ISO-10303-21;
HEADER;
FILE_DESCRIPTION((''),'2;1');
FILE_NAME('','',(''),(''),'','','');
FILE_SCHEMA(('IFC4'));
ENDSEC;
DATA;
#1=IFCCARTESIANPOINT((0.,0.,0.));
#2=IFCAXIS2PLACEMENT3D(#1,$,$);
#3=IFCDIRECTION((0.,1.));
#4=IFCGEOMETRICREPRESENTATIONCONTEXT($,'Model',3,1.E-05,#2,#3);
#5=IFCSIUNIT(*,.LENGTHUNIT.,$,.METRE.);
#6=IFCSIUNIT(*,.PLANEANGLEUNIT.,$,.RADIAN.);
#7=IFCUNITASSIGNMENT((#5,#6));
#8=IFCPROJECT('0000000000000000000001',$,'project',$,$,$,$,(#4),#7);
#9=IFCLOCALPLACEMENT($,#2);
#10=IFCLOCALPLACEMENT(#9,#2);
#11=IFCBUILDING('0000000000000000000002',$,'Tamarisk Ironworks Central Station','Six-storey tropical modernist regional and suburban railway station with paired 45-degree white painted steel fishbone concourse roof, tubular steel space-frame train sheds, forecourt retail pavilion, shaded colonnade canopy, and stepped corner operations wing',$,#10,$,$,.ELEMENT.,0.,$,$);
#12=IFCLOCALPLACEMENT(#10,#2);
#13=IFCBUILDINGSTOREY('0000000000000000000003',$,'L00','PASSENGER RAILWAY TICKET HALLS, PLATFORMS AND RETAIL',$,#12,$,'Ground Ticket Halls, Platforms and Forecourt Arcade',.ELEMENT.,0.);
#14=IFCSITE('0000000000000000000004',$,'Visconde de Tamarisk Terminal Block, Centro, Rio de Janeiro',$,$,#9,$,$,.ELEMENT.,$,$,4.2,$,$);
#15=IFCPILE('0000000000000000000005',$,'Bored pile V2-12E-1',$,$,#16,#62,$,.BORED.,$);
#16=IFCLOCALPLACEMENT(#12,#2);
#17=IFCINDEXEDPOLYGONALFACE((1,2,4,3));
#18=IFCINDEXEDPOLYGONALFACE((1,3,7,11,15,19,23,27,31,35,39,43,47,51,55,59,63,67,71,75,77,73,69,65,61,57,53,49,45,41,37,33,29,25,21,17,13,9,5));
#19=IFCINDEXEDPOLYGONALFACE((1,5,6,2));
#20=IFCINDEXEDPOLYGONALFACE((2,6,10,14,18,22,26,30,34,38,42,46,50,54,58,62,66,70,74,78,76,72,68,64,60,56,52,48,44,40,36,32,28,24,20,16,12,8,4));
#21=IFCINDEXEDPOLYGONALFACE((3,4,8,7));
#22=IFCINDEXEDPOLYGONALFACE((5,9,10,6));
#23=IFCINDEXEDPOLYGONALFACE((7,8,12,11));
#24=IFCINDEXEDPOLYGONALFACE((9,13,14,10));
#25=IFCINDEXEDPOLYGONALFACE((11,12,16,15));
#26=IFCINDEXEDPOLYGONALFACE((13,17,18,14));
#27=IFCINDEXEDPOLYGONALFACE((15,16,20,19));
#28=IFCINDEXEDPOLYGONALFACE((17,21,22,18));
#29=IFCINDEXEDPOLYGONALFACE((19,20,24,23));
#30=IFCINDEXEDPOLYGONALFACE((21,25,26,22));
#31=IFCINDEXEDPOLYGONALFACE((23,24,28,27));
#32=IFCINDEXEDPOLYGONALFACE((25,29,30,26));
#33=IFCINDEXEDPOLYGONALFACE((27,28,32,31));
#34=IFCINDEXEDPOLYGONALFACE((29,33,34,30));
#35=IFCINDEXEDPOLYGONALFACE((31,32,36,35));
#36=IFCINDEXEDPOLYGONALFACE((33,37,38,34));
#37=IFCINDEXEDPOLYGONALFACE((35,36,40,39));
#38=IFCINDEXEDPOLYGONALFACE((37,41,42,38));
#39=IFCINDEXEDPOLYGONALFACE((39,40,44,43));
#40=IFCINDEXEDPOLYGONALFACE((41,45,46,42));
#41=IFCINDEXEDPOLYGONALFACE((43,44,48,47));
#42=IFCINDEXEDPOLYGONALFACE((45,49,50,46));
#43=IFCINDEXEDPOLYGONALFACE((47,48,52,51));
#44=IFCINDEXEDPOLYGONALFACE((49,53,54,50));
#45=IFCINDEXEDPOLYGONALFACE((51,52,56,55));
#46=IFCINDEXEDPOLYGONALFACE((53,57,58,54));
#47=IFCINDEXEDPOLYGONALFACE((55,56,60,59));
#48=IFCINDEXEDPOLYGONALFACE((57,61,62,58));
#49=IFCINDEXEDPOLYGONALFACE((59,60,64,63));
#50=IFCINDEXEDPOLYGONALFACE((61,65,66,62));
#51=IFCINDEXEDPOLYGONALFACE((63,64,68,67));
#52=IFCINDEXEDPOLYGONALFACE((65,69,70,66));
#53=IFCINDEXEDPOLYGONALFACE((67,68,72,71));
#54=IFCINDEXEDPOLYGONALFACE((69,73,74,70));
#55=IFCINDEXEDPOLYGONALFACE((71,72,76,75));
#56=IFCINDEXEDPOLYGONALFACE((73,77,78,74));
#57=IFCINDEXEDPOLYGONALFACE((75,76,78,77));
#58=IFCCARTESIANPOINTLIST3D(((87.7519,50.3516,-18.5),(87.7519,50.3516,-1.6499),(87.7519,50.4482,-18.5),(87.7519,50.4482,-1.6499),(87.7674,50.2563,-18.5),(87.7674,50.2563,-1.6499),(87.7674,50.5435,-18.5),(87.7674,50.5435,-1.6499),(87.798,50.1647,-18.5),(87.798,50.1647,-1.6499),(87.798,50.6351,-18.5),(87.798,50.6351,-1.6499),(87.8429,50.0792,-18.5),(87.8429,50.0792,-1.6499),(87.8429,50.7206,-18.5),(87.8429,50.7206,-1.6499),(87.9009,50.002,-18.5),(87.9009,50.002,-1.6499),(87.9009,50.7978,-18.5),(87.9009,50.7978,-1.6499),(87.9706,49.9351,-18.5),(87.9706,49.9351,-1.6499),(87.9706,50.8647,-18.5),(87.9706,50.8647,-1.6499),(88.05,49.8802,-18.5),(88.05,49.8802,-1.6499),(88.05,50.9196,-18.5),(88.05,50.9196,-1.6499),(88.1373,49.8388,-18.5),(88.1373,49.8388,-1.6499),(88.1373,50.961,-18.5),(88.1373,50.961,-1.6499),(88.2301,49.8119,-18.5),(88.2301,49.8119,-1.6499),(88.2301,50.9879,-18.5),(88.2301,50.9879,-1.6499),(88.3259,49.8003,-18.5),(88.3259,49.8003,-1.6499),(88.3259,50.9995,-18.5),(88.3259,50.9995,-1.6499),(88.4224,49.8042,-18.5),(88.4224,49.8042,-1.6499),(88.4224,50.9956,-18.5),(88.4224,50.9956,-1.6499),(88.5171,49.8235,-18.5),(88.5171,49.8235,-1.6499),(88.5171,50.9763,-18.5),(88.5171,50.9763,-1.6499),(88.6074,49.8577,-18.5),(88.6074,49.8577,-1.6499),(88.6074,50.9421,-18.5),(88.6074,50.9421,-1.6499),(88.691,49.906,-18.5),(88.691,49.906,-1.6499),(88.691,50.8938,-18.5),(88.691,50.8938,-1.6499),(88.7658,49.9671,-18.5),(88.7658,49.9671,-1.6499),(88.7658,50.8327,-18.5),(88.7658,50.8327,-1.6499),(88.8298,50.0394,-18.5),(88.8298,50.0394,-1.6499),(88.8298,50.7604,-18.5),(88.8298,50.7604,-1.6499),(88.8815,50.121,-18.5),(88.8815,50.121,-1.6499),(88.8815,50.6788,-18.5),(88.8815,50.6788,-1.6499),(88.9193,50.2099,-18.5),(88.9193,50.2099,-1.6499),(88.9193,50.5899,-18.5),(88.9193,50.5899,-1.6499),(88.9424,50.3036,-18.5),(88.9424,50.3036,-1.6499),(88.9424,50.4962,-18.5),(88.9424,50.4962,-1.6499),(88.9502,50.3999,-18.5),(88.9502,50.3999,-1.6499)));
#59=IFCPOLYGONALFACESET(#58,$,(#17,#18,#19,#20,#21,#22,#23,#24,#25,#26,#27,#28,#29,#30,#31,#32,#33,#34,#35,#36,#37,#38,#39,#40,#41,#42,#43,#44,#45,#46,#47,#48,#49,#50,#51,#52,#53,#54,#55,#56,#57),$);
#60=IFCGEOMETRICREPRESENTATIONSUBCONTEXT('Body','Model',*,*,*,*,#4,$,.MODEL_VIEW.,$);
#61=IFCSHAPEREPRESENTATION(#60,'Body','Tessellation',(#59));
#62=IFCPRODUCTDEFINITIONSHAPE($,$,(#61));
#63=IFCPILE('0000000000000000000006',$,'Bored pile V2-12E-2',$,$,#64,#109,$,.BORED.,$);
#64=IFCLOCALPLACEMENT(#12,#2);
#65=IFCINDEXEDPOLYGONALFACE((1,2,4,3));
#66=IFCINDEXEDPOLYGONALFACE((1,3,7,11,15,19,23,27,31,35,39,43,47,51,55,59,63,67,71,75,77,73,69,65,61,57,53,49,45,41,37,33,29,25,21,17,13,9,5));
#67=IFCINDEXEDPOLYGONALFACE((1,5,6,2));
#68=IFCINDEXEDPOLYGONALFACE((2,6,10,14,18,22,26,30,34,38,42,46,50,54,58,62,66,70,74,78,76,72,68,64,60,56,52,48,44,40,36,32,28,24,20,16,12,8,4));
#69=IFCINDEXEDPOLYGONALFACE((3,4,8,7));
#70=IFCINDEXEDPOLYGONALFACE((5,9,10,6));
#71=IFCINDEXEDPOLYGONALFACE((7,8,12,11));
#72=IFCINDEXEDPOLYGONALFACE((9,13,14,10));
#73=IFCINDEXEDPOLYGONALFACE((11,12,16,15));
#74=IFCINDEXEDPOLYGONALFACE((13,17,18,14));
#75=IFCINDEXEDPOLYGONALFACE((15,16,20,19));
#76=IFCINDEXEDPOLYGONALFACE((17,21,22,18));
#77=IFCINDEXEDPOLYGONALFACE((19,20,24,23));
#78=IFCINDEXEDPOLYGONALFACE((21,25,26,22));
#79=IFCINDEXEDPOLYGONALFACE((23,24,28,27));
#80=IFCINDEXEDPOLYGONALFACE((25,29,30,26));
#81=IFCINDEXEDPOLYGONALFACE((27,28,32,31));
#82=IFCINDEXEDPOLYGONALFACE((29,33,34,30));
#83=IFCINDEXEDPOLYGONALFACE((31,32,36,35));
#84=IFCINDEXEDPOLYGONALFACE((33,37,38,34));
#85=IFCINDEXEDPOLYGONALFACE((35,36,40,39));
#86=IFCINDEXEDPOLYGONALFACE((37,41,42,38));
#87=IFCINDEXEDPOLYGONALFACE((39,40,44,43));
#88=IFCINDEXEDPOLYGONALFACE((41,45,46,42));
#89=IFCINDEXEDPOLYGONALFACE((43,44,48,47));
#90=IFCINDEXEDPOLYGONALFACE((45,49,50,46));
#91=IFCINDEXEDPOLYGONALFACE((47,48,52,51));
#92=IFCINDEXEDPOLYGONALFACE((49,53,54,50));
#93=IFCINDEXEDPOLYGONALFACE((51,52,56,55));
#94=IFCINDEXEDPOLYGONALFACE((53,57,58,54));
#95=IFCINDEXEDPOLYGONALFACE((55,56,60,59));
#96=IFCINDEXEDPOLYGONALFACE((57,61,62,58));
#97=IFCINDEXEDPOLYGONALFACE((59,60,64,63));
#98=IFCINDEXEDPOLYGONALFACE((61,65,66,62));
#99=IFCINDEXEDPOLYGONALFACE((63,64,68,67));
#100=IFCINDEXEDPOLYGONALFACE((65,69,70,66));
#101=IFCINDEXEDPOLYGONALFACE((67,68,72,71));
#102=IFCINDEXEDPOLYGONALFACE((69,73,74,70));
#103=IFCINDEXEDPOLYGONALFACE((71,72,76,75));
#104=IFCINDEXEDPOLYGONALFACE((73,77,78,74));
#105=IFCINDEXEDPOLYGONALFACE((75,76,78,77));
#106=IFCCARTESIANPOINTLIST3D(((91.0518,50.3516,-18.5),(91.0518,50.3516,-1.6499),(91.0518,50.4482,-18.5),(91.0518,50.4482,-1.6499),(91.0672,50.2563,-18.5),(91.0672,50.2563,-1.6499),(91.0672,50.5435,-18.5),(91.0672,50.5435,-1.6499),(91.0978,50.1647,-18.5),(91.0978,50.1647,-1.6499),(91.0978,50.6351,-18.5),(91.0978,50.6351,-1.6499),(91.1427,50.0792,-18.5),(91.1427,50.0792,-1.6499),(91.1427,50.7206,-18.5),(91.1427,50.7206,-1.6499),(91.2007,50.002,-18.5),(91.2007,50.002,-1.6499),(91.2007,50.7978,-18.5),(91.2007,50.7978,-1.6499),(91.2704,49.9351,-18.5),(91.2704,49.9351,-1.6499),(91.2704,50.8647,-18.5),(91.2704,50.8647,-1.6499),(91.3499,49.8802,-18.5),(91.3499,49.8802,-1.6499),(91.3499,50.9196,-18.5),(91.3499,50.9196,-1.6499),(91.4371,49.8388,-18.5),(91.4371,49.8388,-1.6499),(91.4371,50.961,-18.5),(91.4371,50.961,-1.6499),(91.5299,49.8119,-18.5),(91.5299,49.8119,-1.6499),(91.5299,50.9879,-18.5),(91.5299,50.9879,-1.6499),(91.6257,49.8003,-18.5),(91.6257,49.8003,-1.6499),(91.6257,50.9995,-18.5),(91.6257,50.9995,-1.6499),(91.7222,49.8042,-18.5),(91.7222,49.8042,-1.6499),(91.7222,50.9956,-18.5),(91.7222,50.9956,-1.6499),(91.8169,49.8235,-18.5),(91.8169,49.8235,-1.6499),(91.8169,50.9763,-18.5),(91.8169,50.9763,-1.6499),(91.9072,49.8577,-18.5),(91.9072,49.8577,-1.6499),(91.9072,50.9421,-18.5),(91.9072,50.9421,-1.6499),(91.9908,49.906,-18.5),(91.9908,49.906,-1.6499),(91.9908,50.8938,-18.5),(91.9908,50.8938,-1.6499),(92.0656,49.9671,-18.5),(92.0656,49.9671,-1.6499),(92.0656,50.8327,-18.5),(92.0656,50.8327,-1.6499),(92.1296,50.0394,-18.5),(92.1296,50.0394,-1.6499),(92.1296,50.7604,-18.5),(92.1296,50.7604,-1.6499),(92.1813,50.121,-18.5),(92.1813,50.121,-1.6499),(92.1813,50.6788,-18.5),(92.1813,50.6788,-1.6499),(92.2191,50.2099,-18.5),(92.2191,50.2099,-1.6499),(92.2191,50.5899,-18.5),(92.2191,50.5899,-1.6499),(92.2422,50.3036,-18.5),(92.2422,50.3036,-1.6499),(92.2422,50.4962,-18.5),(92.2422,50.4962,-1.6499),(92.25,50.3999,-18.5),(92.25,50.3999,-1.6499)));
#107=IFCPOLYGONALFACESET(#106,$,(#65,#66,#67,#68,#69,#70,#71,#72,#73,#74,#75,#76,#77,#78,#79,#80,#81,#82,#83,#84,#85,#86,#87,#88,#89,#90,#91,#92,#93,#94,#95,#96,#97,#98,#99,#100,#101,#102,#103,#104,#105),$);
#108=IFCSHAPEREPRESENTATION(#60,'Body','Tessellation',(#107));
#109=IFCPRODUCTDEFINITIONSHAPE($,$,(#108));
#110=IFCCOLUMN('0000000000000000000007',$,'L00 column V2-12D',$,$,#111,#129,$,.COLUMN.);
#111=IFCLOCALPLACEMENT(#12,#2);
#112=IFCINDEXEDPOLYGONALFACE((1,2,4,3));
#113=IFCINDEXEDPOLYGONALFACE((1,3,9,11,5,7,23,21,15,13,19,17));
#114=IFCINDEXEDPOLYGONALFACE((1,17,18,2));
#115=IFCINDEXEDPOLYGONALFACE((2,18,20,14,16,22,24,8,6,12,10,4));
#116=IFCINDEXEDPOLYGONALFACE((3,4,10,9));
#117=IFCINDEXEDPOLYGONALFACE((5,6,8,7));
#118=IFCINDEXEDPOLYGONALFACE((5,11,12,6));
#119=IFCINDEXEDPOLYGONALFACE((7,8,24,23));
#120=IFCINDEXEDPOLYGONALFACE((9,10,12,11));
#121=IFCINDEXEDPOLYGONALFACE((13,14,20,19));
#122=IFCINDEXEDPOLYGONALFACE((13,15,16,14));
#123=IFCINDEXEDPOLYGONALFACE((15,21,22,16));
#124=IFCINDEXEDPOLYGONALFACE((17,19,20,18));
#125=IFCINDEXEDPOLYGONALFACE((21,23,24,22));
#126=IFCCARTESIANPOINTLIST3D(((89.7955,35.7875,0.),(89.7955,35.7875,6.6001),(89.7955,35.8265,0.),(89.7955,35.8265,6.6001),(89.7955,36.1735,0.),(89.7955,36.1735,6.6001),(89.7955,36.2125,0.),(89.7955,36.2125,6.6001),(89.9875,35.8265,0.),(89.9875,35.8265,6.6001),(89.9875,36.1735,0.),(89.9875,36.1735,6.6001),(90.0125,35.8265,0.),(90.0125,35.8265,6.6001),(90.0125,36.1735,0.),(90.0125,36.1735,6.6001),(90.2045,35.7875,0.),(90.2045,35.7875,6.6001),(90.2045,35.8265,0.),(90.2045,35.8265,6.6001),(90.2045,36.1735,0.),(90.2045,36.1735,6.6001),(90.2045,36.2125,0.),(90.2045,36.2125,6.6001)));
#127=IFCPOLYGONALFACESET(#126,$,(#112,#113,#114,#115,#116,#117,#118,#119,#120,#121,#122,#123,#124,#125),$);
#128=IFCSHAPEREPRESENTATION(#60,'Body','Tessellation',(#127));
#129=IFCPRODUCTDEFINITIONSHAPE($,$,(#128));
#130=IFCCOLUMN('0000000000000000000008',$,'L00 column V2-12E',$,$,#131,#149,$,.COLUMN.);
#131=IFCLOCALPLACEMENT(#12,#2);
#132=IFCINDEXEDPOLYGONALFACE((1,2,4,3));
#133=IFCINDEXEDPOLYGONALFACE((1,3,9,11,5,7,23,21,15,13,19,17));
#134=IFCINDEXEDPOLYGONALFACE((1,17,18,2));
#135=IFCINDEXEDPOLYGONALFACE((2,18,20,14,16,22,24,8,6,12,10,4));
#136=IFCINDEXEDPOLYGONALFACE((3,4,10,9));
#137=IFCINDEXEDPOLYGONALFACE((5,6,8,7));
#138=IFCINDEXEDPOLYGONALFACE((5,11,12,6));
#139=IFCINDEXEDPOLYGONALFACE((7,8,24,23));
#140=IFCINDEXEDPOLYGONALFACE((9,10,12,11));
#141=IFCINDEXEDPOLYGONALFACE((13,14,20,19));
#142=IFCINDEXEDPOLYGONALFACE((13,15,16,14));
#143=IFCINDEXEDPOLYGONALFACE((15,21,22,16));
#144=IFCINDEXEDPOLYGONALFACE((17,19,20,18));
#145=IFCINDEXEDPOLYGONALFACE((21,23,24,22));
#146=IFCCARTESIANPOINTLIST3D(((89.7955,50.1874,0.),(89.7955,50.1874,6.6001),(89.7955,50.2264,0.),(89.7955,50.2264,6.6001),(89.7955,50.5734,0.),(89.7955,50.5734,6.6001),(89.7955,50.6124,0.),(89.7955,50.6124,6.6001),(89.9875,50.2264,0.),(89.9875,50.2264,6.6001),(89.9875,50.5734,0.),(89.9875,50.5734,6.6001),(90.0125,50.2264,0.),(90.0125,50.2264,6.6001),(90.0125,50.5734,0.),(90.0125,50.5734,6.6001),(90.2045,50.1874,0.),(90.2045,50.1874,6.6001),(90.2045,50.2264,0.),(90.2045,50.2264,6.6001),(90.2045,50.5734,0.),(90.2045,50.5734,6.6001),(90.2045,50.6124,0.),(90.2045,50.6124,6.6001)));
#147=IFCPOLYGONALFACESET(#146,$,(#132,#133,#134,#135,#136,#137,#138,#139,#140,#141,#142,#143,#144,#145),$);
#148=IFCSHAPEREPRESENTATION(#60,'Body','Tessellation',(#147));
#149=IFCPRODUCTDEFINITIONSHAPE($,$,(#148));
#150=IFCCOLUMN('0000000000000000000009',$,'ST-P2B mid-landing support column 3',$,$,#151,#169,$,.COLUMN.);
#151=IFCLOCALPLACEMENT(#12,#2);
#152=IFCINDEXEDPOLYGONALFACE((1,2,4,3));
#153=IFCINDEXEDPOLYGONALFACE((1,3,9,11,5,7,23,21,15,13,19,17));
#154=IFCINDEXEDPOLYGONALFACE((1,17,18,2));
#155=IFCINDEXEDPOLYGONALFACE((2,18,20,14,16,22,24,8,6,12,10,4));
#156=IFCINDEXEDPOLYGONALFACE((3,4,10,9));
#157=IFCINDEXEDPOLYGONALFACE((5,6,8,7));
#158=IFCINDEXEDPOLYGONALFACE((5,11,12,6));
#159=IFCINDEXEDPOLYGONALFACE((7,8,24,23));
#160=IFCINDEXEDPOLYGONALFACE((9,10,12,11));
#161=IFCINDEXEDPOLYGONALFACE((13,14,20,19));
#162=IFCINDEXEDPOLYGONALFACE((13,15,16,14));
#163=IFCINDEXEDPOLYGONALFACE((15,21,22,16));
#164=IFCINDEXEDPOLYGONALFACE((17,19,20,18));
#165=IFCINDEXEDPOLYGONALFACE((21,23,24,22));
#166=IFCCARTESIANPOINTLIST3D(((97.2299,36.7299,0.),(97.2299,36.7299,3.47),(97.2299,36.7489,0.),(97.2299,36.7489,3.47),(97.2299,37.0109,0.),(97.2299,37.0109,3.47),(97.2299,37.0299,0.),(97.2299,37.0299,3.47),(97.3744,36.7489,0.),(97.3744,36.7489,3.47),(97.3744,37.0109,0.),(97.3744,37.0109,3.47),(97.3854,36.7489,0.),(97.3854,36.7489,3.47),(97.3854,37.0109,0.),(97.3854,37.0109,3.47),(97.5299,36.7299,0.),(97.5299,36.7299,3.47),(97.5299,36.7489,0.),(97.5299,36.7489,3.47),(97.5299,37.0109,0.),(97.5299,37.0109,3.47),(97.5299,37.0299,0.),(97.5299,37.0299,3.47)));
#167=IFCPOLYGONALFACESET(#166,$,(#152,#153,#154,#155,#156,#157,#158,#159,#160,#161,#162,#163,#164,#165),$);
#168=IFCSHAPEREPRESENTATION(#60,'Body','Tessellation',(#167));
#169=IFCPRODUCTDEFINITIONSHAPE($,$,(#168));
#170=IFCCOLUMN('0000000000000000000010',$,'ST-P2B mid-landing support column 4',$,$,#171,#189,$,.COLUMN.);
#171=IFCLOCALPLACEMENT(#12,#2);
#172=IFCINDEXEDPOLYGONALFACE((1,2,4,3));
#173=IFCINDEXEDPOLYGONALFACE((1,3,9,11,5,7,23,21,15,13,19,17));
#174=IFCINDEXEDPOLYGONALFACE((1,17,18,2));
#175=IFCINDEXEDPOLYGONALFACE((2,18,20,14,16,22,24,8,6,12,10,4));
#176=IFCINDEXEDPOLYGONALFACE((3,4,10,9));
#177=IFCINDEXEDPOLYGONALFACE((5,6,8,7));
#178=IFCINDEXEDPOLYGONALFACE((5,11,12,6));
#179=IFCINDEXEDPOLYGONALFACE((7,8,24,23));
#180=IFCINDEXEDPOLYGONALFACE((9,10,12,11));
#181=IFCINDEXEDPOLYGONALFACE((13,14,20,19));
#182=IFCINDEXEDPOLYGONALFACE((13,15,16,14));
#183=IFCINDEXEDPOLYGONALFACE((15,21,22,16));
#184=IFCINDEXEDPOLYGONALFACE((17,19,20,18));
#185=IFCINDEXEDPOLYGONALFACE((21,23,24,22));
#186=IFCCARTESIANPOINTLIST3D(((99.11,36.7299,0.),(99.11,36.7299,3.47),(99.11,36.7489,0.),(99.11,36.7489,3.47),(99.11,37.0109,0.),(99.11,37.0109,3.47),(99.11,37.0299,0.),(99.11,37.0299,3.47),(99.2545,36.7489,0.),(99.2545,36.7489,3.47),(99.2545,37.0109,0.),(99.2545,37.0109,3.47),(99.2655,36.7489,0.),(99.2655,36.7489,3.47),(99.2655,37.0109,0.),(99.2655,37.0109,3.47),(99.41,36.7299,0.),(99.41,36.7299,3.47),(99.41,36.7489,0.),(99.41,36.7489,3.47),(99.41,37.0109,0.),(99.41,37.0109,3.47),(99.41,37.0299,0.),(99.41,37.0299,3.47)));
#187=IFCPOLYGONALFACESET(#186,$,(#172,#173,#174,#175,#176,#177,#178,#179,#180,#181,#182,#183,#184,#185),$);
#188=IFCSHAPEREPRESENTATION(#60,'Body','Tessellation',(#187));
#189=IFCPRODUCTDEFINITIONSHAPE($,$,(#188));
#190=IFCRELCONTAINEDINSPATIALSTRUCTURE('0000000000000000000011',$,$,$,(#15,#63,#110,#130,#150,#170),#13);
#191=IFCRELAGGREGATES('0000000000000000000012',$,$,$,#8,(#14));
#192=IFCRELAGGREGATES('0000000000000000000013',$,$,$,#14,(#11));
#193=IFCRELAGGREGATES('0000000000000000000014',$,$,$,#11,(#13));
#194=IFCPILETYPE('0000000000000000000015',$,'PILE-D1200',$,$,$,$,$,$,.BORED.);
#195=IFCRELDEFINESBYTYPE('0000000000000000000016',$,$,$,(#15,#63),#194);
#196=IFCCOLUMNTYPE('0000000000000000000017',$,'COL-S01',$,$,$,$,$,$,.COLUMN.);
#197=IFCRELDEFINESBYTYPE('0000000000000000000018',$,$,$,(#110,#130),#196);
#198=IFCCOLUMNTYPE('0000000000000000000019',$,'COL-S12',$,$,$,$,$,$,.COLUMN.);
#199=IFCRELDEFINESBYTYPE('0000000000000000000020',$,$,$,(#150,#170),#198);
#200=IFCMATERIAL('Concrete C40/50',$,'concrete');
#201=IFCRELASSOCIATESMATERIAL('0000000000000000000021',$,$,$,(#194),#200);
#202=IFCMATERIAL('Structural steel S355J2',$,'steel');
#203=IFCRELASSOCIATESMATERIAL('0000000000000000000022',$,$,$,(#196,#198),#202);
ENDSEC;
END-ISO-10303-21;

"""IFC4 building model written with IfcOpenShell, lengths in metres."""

from ifc_helpers import new_model, si_unit, direction, frame, origin, origin_2d, place, context, subcontext, project, spatial, circle, i_section, extrude, material, material_profile, profile_set, type_object, element, save


model = new_model("IFC4")

# Units and contexts
model_context = context("Model", 3, precision=1e-05, world=origin(), true_north=direction((0.0, 1.0)))
body_context = subcontext(model_context, "Body", "Model", "MODEL_VIEW")
ifc_project = project(units=[si_unit("LENGTHUNIT", "METRE"), si_unit("PLANEANGLEUNIT", "RADIAN")], contexts=[model_context])

# Site, building, storey
site_placement = place(None, origin())
site = spatial("IfcSite", under=ifc_project, at=site_placement, Name="Visconde de Tamarisk Terminal Block, Centro, Rio de Janeiro", CompositionType="ELEMENT", RefElevation=4.2)
building_placement = place(site_placement, origin())
building = spatial("IfcBuilding", under=site, at=building_placement, Name="Tamarisk Ironworks Central Station", Description="Six-storey tropical modernist regional and suburban railway station with paired 45-degree white painted steel fishbone concourse roof, tubular steel space-frame train sheds, forecourt retail pavilion, shaded colonnade canopy, and stepped corner operations wing", CompositionType="ELEMENT", ElevationOfRefHeight=0.0)
storey_placement = place(building_placement, origin())
storey = spatial("IfcBuildingStorey", under=building, at=storey_placement, Name="L00", Description="PASSENGER RAILWAY TICKET HALLS, PLATFORMS AND RETAIL", LongName="Ground Ticket Halls, Platforms and Forecourt Arcade", CompositionType="ELEMENT", Elevation=0.0)

# Shared definitions
ifc_material_1 = material(Name="Concrete C40/50", Category="concrete")

# Piles
ifc_material_profile_1 = material_profile(ifc_material_1, circle(Radius=0.6001, at=origin_2d()), Name="BORED PILE D1200")
ifc_profile_set_1 = profile_set([ifc_material_profile_1], Name="Concrete C40/50")
pile_type = type_object("IfcPileType", Name="PILE-D1200", PredefinedType="BORED", material=ifc_profile_set_1)
for number, where, z_axis, x_axis, name in (
    (1, (88.3501, 50.3999, -1.6499), (0.0, 0.0, -1.0), (1.0, 0.0, 0.0), "Bored pile V2-12E-1"),
    (2, (91.6499, 50.3999, -1.6499), (0.0, 0.0, -1.0), (1.0, 0.0, 0.0), "Bored pile V2-12E-2"),
):
    element("IfcPile", number, at=place(storey_placement, frame(where, z_axis=z_axis, x_axis=x_axis)), inside=storey, type_object=pile_type, Name=name, PredefinedType="BORED", context=body_context, shape_type="SweptSolid", body=[
        extrude(circle(Radius=0.6001, at=origin_2d()), origin(), (0.0, 0.0, 1.0), 16.8501),
    ])

# Columns
ifc_material_2 = material(Name="Structural steel S355J2", Category="steel")
ifc_material_profile_2 = material_profile(ifc_material_2, i_section(OverallWidth=0.4089, OverallDepth=0.425, WebThickness=0.0249, FlangeThickness=0.0391, at=origin_2d()), Name="HD 400x421")
ifc_profile_set_2 = profile_set([ifc_material_profile_2], Name="Structural steel S355J2")
column_type_1 = type_object("IfcColumnType", Name="COL-S01", PredefinedType="COLUMN", material=ifc_profile_set_2)
for number, where, z_axis, x_axis, name in (
    (3, (90.0, 36.0, 0.0), (0.0, 0.0, 1.0), (1.0, 0.0, 0.0), "L00 column V2-12D"),
    (4, (90.0, 50.3999, 0.0), (0.0, 0.0, 1.0), (1.0, 0.0, 0.0), "L00 column V2-12E"),
):
    element("IfcColumn", number, at=place(storey_placement, frame(where, z_axis=z_axis, x_axis=x_axis)), inside=storey, type_object=column_type_1, Name=name, PredefinedType="COLUMN", context=body_context, shape_type="SweptSolid", body=[
        extrude(i_section(OverallWidth=0.4089, OverallDepth=0.425, WebThickness=0.0249, FlangeThickness=0.0391, at=origin_2d()), origin(), (0.0, 0.0, 1.0), 6.6001),
    ])
ifc_material_profile_3 = material_profile(ifc_material_2, i_section(OverallWidth=0.3, OverallDepth=0.3, WebThickness=0.011, FlangeThickness=0.019, at=origin_2d()), Name="HEB 300")
ifc_profile_set_3 = profile_set([ifc_material_profile_3], Name="Structural steel S355J2")
column_type_2 = type_object("IfcColumnType", Name="COL-S12", PredefinedType="COLUMN", material=ifc_profile_set_3)
for number, where, z_axis, x_axis, name in (
    (5, (97.3799, 36.8799, 0.0), (0.0, 0.0, 1.0), (1.0, 0.0, 0.0), "ST-P2B mid-landing support column 3"),
    (6, (99.26, 36.8799, 0.0), (0.0, 0.0, 1.0), (1.0, 0.0, 0.0), "ST-P2B mid-landing support column 4"),
):
    element("IfcColumn", number, at=place(storey_placement, frame(where, z_axis=z_axis, x_axis=x_axis)), inside=storey, type_object=column_type_2, Name=name, PredefinedType="COLUMN", context=body_context, shape_type="SweptSolid", body=[
        extrude(i_section(OverallWidth=0.3, OverallDepth=0.3, WebThickness=0.011, FlangeThickness=0.019, at=origin_2d()), origin(), (0.0, 0.0, 1.0), 3.47),
    ])

save(model, "model.ifc")
